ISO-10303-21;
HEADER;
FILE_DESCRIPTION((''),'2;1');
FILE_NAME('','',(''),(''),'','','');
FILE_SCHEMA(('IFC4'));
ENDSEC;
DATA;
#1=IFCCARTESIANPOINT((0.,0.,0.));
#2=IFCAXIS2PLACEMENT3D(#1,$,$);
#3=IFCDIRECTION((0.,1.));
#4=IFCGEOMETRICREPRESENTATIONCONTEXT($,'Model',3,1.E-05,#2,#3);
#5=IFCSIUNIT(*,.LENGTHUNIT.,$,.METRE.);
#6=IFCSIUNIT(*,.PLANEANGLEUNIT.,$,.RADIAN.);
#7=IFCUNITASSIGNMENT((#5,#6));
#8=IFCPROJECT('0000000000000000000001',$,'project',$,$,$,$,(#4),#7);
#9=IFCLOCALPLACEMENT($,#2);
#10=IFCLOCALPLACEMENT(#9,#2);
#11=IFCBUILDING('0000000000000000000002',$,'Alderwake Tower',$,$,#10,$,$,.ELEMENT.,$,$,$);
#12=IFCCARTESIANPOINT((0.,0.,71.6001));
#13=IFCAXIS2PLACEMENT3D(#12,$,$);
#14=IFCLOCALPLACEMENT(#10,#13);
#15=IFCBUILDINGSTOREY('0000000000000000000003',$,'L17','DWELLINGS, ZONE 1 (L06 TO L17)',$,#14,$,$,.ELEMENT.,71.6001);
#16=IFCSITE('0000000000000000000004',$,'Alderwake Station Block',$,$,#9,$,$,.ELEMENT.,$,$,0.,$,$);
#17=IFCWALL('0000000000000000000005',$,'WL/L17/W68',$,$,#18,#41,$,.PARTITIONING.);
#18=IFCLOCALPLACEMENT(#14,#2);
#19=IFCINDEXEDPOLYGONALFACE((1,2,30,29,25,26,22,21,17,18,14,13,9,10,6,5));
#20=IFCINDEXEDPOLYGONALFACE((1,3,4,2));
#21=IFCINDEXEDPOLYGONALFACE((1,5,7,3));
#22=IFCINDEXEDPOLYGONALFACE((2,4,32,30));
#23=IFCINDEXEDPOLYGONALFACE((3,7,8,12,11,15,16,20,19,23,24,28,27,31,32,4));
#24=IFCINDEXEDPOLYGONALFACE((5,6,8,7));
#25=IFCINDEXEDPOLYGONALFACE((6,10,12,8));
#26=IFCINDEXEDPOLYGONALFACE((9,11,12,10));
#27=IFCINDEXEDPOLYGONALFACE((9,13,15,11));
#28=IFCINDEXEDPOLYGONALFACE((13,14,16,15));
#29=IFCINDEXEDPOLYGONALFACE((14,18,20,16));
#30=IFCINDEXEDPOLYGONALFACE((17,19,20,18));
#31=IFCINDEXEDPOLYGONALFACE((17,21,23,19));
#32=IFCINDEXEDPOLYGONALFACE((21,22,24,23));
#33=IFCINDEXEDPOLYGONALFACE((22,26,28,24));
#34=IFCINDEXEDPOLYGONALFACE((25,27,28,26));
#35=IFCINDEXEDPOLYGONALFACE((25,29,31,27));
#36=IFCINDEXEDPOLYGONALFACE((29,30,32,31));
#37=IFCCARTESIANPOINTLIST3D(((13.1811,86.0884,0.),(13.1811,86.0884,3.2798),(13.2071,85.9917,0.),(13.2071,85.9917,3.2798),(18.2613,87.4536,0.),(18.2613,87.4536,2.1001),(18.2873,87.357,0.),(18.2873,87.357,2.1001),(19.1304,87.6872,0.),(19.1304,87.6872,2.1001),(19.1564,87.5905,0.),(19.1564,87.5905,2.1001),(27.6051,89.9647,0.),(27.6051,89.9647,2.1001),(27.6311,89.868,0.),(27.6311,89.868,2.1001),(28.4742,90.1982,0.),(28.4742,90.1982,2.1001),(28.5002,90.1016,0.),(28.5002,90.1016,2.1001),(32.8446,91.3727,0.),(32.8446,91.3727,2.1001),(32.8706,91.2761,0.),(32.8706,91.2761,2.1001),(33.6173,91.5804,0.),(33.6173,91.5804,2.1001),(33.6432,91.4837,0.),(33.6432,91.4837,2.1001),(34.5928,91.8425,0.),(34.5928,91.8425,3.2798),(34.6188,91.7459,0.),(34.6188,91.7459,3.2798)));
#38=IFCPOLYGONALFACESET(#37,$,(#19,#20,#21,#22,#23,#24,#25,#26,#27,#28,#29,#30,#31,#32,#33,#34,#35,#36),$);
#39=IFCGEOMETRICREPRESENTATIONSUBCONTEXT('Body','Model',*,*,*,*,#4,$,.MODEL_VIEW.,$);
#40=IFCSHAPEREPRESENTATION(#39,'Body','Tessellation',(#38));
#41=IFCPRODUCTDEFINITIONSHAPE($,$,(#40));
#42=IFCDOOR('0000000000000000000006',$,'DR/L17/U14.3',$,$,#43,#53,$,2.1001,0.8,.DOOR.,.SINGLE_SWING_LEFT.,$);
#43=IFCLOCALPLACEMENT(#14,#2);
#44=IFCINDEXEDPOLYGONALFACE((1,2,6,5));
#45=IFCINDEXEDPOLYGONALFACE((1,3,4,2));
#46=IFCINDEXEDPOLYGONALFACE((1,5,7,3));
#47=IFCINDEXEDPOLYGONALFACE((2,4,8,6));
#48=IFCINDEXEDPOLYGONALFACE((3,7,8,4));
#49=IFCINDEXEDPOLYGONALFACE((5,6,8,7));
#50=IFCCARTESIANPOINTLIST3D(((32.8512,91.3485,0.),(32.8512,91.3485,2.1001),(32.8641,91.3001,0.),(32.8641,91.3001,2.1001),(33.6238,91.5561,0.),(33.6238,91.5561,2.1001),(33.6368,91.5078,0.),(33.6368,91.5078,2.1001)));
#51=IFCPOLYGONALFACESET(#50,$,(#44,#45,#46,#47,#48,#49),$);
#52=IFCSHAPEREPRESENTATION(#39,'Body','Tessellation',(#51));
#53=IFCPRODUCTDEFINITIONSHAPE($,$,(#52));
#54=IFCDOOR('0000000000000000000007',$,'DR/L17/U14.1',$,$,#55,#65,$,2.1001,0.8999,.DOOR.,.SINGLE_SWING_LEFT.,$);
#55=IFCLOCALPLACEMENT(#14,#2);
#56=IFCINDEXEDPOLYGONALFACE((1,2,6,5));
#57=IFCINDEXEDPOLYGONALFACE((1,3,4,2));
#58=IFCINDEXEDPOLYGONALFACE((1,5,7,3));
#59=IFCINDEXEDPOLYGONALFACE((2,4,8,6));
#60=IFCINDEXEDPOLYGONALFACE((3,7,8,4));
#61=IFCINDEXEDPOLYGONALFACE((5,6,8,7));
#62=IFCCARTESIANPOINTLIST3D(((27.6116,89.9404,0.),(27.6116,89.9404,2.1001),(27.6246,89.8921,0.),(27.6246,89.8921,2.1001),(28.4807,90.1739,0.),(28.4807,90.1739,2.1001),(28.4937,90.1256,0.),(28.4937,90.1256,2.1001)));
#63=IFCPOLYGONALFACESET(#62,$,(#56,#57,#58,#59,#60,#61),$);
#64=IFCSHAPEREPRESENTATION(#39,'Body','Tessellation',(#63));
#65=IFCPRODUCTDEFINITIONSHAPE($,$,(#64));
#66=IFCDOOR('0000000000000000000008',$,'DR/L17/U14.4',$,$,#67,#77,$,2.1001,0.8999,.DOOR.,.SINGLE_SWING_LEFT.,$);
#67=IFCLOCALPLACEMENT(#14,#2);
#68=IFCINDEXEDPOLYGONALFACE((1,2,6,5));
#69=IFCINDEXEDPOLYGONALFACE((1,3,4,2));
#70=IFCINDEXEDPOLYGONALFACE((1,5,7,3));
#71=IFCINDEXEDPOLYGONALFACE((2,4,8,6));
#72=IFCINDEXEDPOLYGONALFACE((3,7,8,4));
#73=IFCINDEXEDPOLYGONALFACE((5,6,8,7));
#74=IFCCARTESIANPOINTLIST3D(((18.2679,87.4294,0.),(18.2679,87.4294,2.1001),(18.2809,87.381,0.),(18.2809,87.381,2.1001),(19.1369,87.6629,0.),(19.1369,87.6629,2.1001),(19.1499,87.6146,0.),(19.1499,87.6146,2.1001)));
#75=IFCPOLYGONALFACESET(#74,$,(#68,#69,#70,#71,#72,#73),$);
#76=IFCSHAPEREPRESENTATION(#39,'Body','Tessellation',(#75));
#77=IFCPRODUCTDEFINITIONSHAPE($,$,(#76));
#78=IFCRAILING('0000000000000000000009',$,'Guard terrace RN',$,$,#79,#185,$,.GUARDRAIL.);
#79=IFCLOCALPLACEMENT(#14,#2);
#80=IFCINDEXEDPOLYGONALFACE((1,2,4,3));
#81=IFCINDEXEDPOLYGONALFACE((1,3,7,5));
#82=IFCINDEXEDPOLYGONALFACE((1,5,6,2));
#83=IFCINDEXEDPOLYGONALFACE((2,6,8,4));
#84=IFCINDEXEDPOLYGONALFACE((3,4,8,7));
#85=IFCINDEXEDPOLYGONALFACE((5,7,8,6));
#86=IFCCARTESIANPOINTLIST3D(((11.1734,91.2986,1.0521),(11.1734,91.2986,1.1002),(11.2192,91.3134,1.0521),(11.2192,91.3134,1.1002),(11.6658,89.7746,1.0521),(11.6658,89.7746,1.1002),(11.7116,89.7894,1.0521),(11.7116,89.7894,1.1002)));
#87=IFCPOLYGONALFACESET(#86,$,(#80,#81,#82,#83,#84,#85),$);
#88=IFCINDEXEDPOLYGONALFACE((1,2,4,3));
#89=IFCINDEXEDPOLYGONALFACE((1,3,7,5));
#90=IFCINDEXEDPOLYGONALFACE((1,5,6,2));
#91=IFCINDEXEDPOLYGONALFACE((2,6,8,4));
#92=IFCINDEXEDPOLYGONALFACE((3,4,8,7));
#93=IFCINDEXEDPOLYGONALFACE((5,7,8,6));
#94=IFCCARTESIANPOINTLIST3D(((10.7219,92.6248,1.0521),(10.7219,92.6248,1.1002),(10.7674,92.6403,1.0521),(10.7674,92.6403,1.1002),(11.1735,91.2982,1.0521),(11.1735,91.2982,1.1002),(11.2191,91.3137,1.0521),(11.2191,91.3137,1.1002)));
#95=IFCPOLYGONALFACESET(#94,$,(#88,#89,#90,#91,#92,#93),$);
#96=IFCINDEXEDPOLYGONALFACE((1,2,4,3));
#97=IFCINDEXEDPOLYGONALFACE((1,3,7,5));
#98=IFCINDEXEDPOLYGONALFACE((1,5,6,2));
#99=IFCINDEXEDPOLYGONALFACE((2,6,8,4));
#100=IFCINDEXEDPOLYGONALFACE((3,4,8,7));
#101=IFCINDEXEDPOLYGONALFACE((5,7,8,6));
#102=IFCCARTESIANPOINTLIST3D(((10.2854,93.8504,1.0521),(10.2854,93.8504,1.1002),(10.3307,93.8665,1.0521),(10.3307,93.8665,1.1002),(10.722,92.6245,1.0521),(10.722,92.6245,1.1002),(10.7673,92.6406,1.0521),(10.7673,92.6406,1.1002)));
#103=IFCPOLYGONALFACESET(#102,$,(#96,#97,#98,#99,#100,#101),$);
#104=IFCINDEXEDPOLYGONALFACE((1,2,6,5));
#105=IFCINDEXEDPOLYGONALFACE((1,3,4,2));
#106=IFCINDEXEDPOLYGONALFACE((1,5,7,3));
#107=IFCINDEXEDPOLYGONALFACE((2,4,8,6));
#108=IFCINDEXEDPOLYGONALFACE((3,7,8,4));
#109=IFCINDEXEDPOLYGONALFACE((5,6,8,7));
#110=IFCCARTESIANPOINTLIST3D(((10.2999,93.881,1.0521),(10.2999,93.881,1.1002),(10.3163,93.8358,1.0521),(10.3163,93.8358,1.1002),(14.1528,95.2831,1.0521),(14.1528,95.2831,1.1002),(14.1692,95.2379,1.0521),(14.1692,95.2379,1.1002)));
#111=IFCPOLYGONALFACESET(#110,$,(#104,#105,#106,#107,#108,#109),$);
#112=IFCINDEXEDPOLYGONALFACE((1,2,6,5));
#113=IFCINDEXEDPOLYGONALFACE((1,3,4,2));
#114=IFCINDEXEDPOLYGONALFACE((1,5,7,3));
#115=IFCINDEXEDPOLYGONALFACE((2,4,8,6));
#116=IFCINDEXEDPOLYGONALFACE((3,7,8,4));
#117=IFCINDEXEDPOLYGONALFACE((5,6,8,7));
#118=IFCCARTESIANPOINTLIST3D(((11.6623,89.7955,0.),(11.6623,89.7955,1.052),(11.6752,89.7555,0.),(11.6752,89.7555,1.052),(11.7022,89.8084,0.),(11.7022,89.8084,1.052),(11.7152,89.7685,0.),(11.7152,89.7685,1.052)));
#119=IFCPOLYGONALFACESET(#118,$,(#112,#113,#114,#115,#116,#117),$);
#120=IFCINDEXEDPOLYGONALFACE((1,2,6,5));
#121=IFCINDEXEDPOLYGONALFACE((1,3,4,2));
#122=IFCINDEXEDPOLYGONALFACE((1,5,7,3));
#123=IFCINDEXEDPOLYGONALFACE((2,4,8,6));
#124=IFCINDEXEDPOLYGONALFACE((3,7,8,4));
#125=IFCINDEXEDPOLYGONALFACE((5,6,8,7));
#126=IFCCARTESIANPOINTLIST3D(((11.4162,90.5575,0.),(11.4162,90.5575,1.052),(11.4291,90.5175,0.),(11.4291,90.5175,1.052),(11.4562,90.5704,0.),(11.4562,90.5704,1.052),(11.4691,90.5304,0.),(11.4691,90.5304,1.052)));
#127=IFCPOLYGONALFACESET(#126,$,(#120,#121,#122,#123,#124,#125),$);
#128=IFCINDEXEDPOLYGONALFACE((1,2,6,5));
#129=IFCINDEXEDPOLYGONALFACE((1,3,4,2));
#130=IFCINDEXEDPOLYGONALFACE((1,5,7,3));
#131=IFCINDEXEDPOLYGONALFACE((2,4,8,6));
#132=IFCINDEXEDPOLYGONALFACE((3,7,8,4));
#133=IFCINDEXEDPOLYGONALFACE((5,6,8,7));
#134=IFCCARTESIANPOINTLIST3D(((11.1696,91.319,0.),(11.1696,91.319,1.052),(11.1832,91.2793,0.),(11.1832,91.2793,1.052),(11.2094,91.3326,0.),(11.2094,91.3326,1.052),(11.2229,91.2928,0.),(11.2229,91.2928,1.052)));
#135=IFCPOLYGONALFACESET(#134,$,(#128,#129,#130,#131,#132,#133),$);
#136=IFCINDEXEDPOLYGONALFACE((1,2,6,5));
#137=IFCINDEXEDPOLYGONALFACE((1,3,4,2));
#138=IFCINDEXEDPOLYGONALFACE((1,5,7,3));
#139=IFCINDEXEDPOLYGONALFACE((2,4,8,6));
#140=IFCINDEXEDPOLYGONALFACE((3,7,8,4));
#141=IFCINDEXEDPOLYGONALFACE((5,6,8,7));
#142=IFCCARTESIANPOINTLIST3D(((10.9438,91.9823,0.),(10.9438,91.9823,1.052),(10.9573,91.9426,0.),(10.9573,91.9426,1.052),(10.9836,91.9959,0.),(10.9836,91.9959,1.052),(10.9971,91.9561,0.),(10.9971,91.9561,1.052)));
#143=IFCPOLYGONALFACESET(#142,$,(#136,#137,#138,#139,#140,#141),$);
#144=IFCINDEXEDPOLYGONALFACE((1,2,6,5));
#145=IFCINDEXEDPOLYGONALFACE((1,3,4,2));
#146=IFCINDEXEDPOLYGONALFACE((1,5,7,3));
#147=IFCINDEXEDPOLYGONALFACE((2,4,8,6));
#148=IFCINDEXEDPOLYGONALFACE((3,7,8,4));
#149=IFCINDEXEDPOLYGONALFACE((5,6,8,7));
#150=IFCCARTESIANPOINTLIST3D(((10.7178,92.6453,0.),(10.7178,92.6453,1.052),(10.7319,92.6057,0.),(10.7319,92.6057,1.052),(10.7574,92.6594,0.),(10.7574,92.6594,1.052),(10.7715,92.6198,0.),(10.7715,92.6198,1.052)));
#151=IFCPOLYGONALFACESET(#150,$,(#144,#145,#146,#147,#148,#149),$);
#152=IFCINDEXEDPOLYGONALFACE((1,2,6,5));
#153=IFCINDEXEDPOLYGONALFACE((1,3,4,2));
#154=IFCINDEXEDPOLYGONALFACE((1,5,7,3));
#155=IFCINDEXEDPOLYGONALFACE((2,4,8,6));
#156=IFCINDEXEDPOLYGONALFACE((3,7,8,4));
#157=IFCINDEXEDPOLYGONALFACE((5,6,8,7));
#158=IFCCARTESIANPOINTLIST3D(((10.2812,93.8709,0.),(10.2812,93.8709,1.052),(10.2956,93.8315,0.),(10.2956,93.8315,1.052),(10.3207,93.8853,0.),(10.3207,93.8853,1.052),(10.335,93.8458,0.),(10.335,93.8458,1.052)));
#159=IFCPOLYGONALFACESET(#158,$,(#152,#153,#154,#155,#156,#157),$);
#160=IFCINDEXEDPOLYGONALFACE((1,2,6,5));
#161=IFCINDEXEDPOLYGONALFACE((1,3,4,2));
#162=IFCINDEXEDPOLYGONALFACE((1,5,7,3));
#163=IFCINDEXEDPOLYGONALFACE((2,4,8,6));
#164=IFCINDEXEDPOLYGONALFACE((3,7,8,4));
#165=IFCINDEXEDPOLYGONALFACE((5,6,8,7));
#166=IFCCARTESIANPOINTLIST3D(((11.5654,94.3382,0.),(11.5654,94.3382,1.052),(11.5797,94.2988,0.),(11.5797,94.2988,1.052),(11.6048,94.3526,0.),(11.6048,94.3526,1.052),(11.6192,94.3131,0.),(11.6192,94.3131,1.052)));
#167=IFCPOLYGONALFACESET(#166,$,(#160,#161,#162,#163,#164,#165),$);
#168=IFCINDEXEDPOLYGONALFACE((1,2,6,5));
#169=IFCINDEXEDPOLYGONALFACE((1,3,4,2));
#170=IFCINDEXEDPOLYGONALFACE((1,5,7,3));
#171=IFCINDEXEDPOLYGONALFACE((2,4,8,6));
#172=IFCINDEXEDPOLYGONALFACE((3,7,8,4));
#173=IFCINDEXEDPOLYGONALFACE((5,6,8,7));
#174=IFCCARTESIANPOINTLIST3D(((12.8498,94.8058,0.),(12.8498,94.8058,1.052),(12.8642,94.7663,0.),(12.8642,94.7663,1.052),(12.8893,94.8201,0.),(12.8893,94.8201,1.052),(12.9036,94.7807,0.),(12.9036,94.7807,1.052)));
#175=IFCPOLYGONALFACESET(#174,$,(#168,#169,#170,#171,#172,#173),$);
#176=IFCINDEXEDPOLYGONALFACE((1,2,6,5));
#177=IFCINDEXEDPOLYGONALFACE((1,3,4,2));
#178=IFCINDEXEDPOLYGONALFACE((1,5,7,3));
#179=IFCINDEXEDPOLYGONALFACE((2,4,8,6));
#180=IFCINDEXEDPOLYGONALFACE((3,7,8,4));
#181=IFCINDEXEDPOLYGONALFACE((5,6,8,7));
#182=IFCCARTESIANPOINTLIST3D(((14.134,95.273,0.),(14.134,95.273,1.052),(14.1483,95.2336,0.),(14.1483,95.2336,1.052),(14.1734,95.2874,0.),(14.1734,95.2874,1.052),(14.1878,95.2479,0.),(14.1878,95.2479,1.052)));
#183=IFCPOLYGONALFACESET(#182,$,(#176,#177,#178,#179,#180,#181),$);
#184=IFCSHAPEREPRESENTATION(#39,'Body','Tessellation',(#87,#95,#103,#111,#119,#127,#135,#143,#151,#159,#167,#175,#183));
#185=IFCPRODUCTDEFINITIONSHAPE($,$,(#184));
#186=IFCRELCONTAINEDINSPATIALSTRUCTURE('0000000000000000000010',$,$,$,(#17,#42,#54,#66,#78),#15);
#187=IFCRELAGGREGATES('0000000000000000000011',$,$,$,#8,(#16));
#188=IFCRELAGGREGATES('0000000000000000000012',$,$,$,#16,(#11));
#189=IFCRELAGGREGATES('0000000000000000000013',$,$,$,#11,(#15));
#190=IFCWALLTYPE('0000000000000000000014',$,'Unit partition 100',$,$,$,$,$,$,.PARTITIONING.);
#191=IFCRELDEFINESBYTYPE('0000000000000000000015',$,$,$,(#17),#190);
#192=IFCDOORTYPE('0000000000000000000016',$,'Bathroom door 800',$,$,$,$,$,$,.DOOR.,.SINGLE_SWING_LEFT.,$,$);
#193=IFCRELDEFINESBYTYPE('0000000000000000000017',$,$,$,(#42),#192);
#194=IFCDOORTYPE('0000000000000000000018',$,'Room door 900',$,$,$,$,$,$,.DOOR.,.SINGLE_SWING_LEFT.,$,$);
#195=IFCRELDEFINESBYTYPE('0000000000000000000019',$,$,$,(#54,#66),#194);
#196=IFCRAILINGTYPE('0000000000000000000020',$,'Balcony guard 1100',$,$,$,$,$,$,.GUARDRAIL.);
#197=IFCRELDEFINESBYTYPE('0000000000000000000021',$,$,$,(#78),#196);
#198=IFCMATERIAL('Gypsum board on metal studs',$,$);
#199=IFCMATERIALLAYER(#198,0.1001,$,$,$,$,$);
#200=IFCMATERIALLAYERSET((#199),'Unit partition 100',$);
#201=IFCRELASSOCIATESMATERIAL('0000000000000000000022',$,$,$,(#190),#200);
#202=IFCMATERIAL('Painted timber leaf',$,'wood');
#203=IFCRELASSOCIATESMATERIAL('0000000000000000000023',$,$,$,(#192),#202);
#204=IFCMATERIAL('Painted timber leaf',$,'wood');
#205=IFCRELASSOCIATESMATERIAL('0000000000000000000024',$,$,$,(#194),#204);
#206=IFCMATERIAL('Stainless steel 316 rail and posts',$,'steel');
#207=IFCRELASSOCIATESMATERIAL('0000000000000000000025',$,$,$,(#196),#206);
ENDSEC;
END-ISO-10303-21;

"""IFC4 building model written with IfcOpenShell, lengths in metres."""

from ifc_helpers import new_model, si_unit, direction, frame, frame_2d, origin, origin_2d, place, context, subcontext, project, spatial, rectangle, extrude, material, layer, layer_set, type_object, element, fill, save


model = new_model("IFC4")

# Units and contexts
model_context = context("Model", 3, precision=1e-05, world=origin(), true_north=direction((0.0, 1.0)))
body_context = subcontext(model_context, "Body", "Model", "MODEL_VIEW")
ifc_project = project(units=[si_unit("LENGTHUNIT", "METRE"), si_unit("PLANEANGLEUNIT", "RADIAN")], contexts=[model_context])

# Site, building, storey
site_placement = place(None, origin())
site = spatial("IfcSite", under=ifc_project, at=site_placement, Name="Alderwake Station Block", CompositionType="ELEMENT", RefElevation=0.0)
building_placement = place(site_placement, origin())
building = spatial("IfcBuilding", under=site, at=building_placement, Name="Alderwake Tower", CompositionType="ELEMENT")
storey_placement = place(building_placement, frame((0.0, 0.0, 71.6001)))
storey = spatial("IfcBuildingStorey", under=building, at=storey_placement, Name="L17", Description="DWELLINGS, ZONE 1 (L06 TO L17)", CompositionType="ELEMENT", Elevation=71.6001)

# Wall, openings, doors
ifc_material_1 = material(Name="Gypsum board on metal studs")
ifc_layer_1 = layer(ifc_material_1, 0.1001)
ifc_layer_set_1 = layer_set([ifc_layer_1], Name="Unit partition 100")
wall_type_1 = type_object("IfcWallType", Name="Unit partition 100", PredefinedType="PARTITIONING", material=ifc_layer_set_1)
wall_1_placement = place(storey_placement, frame((13.1941, 86.04, 0.0), z_axis=(0.0, 0.0, 1.0), x_axis=(0.965735, 0.259531, 0.0)))
wall_1 = element("IfcWall", 1, at=wall_1_placement, inside=storey, type_object=wall_type_1, Name="WL/L17/W68", PredefinedType="PARTITIONING", context=body_context, shape_type="SweptSolid", body=[
    extrude(rectangle(XDim=22.1714, YDim=0.1001, at=frame_2d((11.0857, 0.0))), origin(), (0.0, 0.0, 1.0), 3.2798),
])
opening_1_placement = place(wall_1_placement, frame((14.9358, 0.0, 0.0)))
opening_1 = element("IfcOpeningElement", 2, at=opening_1_placement, cuts=wall_1, PredefinedType="OPENING", context=body_context, shape_type="SweptSolid", body=[
    extrude(rectangle(XDim=0.8999, YDim=2.1001, at=frame_2d((0.45, 1.05))), frame((0.0, 0.0601, 0.0), z_axis=(0.0, -1.0, 0.0), x_axis=(1.0, 0.0, 0.0)), (0.0, 0.0, 1.0), 0.1201),
])
opening_2_placement = place(wall_1_placement, frame((20.3613, 0.0, 0.0)))
opening_2 = element("IfcOpeningElement", 3, at=opening_2_placement, cuts=wall_1, PredefinedType="OPENING", context=body_context, shape_type="SweptSolid", body=[
    extrude(rectangle(XDim=0.8, YDim=2.1001, at=frame_2d((0.3999, 1.05))), frame((0.0, 0.0601, 0.0), z_axis=(0.0, -1.0, 0.0), x_axis=(1.0, 0.0, 0.0)), (0.0, 0.0, 1.0), 0.1201),
])
opening_3_placement = place(wall_1_placement, frame((5.2605, 0.0, 0.0)))
opening_3 = element("IfcOpeningElement", 4, at=opening_3_placement, cuts=wall_1, PredefinedType="OPENING", context=body_context, shape_type="SweptSolid", body=[
    extrude(rectangle(XDim=0.8999, YDim=2.1001, at=frame_2d((0.45, 1.05))), frame((0.0, 0.0601, 0.0), z_axis=(0.0, -1.0, 0.0), x_axis=(1.0, 0.0, 0.0)), (0.0, 0.0, 1.0), 0.1201),
])
ifc_material_2 = material(Name="Painted timber leaf", Category="wood")
door_type_1 = type_object("IfcDoorType", Name="Bathroom door 800", OperationType="SINGLE_SWING_LEFT", PredefinedType="DOOR", material=ifc_material_2)
door_1_placement = place(opening_2_placement, origin())
door_1 = element("IfcDoor", 5, at=door_1_placement, inside=storey, type_object=door_type_1, Name="DR/L17/U14.3", OperationType="SINGLE_SWING_LEFT", OverallHeight=2.1001, OverallWidth=0.8, PredefinedType="DOOR", context=body_context, shape_type="SweptSolid", body=[
    extrude(rectangle(XDim=0.8, YDim=2.1001, at=frame_2d((0.3999, 1.05))), frame((0.0, 0.0249, 0.0), z_axis=(0.0, -1.0, 0.0), x_axis=(1.0, 0.0, 0.0)), (0.0, 0.0, 1.0), 0.05),
])
fill(opening_2, door_1)
ifc_material_3 = material(Name="Painted timber leaf", Category="wood")
door_type_2 = type_object("IfcDoorType", Name="Room door 900", OperationType="SINGLE_SWING_LEFT", PredefinedType="DOOR", material=ifc_material_3)
door_2_placement = place(opening_1_placement, origin())
door_2 = element("IfcDoor", 6, at=door_2_placement, inside=storey, type_object=door_type_2, Name="DR/L17/U14.1", OperationType="SINGLE_SWING_LEFT", OverallHeight=2.1001, OverallWidth=0.8999, PredefinedType="DOOR", context=body_context, shape_type="SweptSolid", body=[
    extrude(rectangle(XDim=0.8999, YDim=2.1001, at=frame_2d((0.45, 1.05))), frame((0.0, 0.0249, 0.0), z_axis=(0.0, -1.0, 0.0), x_axis=(1.0, 0.0, 0.0)), (0.0, 0.0, 1.0), 0.05),
])
fill(opening_1, door_2)
door_3_placement = place(opening_3_placement, origin())
door_3 = element("IfcDoor", 7, at=door_3_placement, inside=storey, type_object=door_type_2, Name="DR/L17/U14.4", OperationType="SINGLE_SWING_LEFT", OverallHeight=2.1001, OverallWidth=0.8999, PredefinedType="DOOR", context=body_context, shape_type="SweptSolid", body=[
    extrude(rectangle(XDim=0.8999, YDim=2.1001, at=frame_2d((0.45, 1.05))), frame((0.0, 0.0249, 0.0), z_axis=(0.0, -1.0, 0.0), x_axis=(1.0, 0.0, 0.0)), (0.0, 0.0, 1.0), 0.05),
])
fill(opening_3, door_3)

# Railing
ifc_material_4 = material(Name="Stainless steel 316 rail and posts", Category="steel")
railing_type = type_object("IfcRailingType", Name="Balcony guard 1100", PredefinedType="GUARDRAIL", material=ifc_material_4)
railing_placement = place(storey_placement, frame((11.6887, 89.782, 0.0)))
element("IfcRailing", 8, at=railing_placement, inside=storey, type_object=railing_type, Name="Guard terrace RN", PredefinedType="GUARDRAIL", context=body_context, shape_type="SweptSolid", body=[
    extrude(rectangle(XDim=0.0481, YDim=0.0481, at=origin_2d()), frame((0.0, 0.0, 1.0762), z_axis=(-0.307479, 0.951555, 0.0), x_axis=(-0.951555, -0.307479, 0.0)), (0.0, 0.0, 1.0), 1.6016),
    extrude(rectangle(XDim=0.0481, YDim=0.0481, at=origin_2d()), frame((-0.4924, 1.5239, 1.0762), z_axis=(-0.322284, 0.946643, 0.0), x_axis=(-0.946643, -0.322284, 0.0)), (0.0, 0.0, 1.0), 1.4014),
    extrude(rectangle(XDim=0.0481, YDim=0.0481, at=origin_2d()), frame((-0.9441, 2.8506, 1.0762), z_axis=(-0.335469, 0.942051, 0.0), x_axis=(-0.942051, -0.335469, 0.0)), (0.0, 0.0, 1.0), 1.3013),
    extrude(rectangle(XDim=0.0481, YDim=0.0481, at=origin_2d()), frame((-1.3806, 4.0764, 1.0762), z_axis=(0.939708, 0.341977, 0.0), x_axis=(-0.341977, 0.939708, 0.0)), (0.0, 0.0, 1.0), 4.1001),
    extrude(rectangle(XDim=0.042, YDim=0.042, at=origin_2d()), frame((0.0, 0.0, 0.0), z_axis=(0.0, 0.0, 1.0), x_axis=(-0.307479, 0.951555, 0.0)), (0.0, 0.0, 1.0), 1.052),
    extrude(rectangle(XDim=0.042, YDim=0.042, at=origin_2d()), frame((-0.2461, 0.762, 0.0), z_axis=(0.0, 0.0, 1.0), x_axis=(-0.307479, 0.951555, 0.0)), (0.0, 0.0, 1.0), 1.052),
    extrude(rectangle(XDim=0.042, YDim=0.042, at=origin_2d()), frame((-0.4924, 1.5239, 0.0), z_axis=(0.0, 0.0, 1.0), x_axis=(-0.322284, 0.946643, 0.0)), (0.0, 0.0, 1.0), 1.052),
    extrude(rectangle(XDim=0.042, YDim=0.042, at=origin_2d()), frame((-0.7183, 2.1873, 0.0), z_axis=(0.0, 0.0, 1.0), x_axis=(-0.322284, 0.946643, 0.0)), (0.0, 0.0, 1.0), 1.052),
    extrude(rectangle(XDim=0.042, YDim=0.042, at=origin_2d()), frame((-0.9441, 2.8506, 0.0), z_axis=(0.0, 0.0, 1.0), x_axis=(-0.335469, 0.942051, 0.0)), (0.0, 0.0, 1.0), 1.052),
    extrude(rectangle(XDim=0.042, YDim=0.042, at=origin_2d()), frame((-1.3806, 4.0764, 0.0), z_axis=(0.0, 0.0, 1.0), x_axis=(0.939708, 0.341977, 0.0)), (0.0, 0.0, 1.0), 1.052),
    extrude(rectangle(XDim=0.042, YDim=0.042, at=origin_2d()), frame((-0.0964, 4.5437, 0.0), z_axis=(0.0, 0.0, 1.0), x_axis=(0.939708, 0.341977, 0.0)), (0.0, 0.0, 1.0), 1.052),
    extrude(rectangle(XDim=0.042, YDim=0.042, at=origin_2d()), frame((1.188, 5.0112, 0.0), z_axis=(0.0, 0.0, 1.0), x_axis=(0.939708, 0.341977, 0.0)), (0.0, 0.0, 1.0), 1.052),
    extrude(rectangle(XDim=0.042, YDim=0.042, at=origin_2d()), frame((2.4722, 5.4785, 0.0), z_axis=(0.0, 0.0, 1.0), x_axis=(0.939708, 0.341977, 0.0)), (0.0, 0.0, 1.0), 1.052),
])

save(model, "model.ifc")
